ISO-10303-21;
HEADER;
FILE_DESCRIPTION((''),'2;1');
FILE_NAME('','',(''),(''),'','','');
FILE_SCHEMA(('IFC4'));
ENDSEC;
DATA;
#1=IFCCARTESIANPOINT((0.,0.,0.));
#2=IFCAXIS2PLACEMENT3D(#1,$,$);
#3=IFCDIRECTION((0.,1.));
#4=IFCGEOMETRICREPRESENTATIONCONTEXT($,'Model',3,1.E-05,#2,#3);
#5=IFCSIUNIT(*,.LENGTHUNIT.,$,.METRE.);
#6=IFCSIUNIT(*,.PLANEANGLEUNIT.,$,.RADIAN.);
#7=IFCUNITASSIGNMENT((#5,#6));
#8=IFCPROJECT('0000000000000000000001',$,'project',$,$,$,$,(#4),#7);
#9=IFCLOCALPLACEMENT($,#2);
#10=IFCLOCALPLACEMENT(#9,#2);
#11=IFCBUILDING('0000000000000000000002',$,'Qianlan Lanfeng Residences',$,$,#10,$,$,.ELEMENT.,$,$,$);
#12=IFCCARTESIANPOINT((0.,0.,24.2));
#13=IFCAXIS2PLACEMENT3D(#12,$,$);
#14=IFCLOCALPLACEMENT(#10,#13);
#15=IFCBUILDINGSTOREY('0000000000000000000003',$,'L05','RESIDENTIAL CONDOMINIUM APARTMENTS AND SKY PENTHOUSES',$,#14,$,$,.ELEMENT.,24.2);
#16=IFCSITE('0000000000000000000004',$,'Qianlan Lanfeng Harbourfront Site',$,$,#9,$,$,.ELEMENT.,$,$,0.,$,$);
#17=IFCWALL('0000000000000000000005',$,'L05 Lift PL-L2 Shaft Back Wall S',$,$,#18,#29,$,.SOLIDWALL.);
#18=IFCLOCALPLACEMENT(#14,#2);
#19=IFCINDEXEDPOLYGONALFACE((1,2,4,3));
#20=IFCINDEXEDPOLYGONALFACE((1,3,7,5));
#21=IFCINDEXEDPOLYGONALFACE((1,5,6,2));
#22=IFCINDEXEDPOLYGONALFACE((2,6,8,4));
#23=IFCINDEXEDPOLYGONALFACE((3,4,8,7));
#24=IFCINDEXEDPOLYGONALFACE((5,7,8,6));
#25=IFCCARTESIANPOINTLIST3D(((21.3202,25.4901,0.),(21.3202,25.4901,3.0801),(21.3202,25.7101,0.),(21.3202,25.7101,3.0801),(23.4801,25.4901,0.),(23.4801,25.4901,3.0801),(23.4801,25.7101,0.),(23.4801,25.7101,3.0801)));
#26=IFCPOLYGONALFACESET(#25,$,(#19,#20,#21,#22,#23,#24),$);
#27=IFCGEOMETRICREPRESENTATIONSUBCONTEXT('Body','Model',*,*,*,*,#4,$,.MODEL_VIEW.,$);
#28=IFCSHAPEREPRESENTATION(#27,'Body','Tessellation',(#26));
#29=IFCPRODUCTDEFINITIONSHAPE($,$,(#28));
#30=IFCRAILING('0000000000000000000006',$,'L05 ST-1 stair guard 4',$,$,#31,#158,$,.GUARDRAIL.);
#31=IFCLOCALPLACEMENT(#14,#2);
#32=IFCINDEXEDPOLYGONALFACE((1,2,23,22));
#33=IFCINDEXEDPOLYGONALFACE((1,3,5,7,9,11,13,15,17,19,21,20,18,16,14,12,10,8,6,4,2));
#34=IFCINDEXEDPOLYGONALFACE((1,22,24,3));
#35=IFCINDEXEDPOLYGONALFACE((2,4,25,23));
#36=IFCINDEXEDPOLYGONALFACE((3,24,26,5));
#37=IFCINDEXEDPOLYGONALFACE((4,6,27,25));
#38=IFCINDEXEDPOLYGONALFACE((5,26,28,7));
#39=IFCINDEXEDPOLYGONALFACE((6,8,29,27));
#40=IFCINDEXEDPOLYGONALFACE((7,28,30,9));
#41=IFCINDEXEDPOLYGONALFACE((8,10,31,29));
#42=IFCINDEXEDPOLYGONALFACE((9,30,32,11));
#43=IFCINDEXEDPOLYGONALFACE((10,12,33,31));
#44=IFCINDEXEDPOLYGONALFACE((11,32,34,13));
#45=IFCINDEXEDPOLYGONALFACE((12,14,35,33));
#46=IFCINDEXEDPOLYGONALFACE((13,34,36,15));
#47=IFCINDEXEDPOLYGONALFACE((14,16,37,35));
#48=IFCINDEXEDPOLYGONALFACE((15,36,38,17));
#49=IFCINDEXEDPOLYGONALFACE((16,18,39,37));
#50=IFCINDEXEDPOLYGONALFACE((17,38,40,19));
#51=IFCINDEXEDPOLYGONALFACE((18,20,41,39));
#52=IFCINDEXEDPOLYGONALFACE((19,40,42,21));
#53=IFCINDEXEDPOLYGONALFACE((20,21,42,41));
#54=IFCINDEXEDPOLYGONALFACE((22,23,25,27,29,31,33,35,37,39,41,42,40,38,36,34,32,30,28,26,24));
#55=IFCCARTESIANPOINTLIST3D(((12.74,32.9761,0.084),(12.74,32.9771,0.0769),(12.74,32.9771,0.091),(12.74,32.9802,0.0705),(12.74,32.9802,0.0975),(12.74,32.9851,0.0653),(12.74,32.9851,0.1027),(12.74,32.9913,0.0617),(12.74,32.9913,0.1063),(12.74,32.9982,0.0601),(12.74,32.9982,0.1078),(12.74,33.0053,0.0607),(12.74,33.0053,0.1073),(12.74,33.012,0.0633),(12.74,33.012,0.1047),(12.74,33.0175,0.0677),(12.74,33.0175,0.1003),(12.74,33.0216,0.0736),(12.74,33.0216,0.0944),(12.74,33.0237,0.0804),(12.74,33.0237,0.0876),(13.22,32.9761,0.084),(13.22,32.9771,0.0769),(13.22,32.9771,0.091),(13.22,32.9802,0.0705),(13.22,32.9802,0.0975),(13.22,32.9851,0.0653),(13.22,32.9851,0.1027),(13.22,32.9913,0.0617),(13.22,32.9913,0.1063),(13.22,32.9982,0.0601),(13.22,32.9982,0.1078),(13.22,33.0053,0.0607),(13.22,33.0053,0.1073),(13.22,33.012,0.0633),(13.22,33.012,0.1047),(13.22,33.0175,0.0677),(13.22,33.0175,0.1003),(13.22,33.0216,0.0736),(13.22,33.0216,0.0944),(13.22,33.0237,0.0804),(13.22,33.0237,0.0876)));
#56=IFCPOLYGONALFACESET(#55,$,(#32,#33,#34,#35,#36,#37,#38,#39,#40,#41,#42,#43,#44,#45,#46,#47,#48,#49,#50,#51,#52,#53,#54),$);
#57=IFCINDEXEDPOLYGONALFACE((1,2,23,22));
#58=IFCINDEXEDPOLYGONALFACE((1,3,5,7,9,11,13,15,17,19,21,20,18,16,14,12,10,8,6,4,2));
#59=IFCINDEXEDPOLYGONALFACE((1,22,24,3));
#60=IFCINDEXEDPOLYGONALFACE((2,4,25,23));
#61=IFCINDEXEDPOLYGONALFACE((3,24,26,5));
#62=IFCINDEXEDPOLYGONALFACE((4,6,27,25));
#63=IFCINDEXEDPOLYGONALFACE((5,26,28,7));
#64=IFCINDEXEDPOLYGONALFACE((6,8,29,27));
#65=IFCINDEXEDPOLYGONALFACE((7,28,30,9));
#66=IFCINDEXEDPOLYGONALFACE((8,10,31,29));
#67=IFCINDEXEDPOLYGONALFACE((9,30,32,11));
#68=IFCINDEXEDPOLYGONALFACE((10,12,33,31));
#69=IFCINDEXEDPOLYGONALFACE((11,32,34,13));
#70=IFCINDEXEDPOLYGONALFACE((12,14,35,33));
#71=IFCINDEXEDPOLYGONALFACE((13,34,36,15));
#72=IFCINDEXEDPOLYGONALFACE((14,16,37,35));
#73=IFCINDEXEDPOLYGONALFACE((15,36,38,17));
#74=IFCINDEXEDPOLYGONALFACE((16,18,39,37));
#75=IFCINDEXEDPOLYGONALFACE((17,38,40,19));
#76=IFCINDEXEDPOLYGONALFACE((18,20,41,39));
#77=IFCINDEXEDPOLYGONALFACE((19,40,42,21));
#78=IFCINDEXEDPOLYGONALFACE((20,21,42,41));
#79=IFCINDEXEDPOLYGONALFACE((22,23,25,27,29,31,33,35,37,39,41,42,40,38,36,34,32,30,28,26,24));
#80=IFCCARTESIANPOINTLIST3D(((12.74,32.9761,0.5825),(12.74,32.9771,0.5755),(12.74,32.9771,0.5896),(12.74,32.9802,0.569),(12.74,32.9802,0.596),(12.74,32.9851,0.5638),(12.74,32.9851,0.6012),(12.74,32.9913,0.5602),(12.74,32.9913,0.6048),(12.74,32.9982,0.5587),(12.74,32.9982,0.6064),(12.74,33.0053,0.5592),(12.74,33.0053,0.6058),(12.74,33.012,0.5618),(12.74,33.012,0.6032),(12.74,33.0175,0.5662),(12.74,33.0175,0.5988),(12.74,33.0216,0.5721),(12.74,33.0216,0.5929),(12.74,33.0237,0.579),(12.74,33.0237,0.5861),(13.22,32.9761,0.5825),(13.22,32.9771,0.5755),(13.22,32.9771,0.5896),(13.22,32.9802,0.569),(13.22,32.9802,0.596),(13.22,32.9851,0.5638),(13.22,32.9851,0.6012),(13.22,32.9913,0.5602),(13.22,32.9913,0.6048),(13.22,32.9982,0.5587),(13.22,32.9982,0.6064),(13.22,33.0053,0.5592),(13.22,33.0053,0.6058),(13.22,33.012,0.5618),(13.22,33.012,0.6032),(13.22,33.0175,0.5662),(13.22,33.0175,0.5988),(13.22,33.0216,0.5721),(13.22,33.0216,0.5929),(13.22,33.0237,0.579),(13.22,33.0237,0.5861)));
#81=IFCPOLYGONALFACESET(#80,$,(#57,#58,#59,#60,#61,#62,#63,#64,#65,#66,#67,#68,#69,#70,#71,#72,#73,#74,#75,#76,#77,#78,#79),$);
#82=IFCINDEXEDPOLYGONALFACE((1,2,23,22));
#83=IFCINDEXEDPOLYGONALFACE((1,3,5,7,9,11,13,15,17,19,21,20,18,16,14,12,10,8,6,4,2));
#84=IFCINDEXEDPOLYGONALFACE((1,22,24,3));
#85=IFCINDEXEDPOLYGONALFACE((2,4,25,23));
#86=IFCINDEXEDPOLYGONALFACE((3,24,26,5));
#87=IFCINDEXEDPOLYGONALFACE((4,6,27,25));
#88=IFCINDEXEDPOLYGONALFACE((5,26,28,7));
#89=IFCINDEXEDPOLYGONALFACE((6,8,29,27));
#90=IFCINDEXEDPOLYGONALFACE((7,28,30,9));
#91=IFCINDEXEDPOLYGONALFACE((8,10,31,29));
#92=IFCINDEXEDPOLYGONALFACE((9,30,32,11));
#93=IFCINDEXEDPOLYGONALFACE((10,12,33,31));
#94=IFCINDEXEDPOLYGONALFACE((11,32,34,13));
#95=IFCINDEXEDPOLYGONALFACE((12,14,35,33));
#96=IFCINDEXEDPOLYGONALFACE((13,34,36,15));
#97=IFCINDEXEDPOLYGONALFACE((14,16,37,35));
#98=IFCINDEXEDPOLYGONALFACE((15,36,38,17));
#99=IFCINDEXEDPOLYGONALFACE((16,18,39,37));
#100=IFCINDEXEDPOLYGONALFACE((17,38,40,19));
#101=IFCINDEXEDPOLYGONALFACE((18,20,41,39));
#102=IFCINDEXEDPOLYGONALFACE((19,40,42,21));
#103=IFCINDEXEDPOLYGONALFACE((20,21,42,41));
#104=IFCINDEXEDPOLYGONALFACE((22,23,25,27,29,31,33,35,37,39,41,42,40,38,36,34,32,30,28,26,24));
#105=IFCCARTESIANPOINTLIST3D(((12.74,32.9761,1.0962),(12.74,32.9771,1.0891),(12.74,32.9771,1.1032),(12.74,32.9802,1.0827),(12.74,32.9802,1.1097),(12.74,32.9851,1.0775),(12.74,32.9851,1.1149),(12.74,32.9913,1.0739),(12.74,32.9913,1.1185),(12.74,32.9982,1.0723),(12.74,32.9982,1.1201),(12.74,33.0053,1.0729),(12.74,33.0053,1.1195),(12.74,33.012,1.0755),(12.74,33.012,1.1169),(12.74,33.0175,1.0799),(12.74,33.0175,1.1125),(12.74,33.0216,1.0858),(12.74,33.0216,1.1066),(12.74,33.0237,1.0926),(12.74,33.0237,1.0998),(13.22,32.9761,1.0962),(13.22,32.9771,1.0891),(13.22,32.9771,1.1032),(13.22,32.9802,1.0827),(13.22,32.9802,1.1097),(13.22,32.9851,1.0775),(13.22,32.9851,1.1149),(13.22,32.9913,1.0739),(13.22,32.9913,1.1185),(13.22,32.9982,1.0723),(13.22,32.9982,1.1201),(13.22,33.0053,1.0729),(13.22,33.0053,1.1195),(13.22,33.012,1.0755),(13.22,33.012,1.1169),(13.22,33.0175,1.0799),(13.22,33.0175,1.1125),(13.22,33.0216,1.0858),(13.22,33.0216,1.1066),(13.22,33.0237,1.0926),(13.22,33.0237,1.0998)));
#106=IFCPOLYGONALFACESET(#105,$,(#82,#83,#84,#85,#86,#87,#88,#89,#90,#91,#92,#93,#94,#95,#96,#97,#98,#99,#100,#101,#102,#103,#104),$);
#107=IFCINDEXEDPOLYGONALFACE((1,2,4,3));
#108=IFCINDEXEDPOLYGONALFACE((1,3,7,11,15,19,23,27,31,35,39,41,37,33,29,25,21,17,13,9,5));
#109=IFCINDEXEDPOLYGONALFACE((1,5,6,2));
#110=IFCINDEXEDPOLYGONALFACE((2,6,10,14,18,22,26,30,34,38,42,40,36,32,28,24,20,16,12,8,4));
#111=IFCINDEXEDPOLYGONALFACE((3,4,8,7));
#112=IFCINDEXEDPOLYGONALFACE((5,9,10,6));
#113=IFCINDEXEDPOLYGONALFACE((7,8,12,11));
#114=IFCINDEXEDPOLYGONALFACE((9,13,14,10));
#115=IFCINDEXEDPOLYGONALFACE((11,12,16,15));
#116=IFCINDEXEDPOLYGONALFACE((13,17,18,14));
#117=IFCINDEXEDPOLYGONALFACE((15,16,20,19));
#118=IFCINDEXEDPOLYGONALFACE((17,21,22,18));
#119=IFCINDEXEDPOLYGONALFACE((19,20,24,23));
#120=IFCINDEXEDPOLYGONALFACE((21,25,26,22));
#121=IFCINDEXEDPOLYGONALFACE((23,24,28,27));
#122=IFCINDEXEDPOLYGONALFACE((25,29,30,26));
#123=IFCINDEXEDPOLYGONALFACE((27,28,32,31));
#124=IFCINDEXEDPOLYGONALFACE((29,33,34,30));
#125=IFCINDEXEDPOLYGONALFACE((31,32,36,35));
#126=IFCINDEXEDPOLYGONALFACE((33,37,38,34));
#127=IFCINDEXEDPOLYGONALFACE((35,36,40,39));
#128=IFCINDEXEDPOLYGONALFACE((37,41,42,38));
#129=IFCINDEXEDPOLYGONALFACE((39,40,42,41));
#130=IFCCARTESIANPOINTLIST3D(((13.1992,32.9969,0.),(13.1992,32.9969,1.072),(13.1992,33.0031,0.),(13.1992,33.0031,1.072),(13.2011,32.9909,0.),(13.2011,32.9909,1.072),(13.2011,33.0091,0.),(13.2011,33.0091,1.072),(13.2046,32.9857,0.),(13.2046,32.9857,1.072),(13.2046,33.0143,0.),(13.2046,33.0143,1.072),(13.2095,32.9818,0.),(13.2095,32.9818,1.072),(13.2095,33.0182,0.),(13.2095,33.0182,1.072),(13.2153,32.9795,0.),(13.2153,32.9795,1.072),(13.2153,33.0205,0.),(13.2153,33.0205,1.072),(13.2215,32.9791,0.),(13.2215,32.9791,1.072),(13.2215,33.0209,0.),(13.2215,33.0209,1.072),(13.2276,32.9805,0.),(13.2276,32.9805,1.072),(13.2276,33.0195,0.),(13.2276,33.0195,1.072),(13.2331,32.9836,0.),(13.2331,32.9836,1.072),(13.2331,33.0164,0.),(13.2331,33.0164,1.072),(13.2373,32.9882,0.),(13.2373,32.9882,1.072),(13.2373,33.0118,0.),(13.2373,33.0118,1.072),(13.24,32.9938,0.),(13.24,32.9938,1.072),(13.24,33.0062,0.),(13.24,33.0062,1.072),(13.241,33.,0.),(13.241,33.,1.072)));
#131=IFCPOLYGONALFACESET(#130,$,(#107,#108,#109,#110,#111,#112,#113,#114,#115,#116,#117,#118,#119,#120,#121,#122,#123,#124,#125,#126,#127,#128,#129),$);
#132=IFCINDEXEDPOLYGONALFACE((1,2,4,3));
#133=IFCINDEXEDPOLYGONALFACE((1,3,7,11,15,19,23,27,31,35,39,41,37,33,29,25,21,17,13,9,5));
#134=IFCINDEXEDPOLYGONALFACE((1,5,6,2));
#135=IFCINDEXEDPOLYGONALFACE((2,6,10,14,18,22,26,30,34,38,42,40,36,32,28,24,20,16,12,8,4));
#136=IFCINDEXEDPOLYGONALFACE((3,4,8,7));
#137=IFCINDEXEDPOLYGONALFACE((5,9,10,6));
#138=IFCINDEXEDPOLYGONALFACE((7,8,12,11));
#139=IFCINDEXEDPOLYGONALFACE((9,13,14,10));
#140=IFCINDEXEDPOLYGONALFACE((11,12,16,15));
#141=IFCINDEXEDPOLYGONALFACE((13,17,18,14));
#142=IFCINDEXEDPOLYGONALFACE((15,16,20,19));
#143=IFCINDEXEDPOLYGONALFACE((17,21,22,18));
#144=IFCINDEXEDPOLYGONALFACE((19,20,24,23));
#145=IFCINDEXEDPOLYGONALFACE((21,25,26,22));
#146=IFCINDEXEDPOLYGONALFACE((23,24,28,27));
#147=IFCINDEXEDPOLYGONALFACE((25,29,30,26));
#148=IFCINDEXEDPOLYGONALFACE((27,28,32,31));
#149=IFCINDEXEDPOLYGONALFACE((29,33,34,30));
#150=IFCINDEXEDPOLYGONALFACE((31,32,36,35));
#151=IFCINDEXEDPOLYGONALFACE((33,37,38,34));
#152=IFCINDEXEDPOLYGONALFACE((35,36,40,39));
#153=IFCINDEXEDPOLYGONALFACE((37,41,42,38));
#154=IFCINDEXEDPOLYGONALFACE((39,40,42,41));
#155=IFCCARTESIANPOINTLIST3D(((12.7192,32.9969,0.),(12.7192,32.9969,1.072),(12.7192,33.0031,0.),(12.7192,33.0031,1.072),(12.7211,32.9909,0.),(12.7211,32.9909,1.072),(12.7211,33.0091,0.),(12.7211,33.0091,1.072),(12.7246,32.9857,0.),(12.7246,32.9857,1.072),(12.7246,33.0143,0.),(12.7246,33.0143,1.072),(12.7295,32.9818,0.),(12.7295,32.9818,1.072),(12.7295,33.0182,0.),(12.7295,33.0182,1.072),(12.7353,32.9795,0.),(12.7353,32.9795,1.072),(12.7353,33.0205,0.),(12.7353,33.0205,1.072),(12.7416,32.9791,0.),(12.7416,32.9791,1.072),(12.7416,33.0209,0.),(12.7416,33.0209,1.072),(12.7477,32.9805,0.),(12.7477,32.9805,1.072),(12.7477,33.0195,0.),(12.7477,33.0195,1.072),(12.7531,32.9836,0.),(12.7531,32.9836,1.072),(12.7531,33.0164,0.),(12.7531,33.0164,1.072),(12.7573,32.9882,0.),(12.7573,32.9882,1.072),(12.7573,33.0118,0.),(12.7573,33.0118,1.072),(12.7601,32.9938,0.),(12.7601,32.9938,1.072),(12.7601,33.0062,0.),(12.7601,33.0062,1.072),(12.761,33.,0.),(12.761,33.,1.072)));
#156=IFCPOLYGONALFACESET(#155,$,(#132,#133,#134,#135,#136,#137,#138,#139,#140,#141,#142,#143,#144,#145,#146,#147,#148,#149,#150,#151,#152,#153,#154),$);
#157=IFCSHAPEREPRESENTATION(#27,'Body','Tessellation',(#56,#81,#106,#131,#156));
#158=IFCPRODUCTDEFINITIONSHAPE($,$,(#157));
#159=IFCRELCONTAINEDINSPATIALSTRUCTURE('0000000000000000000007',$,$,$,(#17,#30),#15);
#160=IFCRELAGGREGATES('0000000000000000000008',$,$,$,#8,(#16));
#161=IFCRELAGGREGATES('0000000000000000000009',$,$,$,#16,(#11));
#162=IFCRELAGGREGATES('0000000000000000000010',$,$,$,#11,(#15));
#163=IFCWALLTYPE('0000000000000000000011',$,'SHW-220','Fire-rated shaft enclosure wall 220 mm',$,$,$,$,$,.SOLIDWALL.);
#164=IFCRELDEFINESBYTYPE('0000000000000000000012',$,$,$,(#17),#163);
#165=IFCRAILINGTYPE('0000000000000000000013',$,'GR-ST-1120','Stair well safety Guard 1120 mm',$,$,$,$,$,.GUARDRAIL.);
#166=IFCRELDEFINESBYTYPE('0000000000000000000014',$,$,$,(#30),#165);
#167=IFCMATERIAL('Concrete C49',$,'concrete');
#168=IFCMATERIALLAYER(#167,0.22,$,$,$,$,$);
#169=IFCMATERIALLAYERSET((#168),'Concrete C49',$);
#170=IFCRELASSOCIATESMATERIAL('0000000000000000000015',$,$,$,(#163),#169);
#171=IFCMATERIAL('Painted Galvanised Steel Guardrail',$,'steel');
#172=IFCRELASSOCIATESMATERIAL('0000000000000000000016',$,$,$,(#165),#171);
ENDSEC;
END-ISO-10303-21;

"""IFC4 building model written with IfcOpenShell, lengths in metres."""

from ifc_helpers import new_model, si_unit, direction, frame, frame_2d, origin, origin_2d, place, context, subcontext, project, spatial, rectangle, circle, extrude, material, layer, layer_set, type_object, element, save


model = new_model("IFC4")

# Units and contexts
model_context = context("Model", 3, precision=1e-05, world=origin(), true_north=direction((0.0, 1.0)))
body_context = subcontext(model_context, "Body", "Model", "MODEL_VIEW")
ifc_project = project(units=[si_unit("LENGTHUNIT", "METRE"), si_unit("PLANEANGLEUNIT", "RADIAN")], contexts=[model_context])

# Site, building, storey
site_placement = place(None, origin())
site = spatial("IfcSite", under=ifc_project, at=site_placement, Name="Qianlan Lanfeng Harbourfront Site", CompositionType="ELEMENT", RefElevation=0.0)
building_placement = place(site_placement, origin())
building = spatial("IfcBuilding", under=site, at=building_placement, Name="Qianlan Lanfeng Residences", CompositionType="ELEMENT")
storey_placement = place(building_placement, frame((0.0, 0.0, 24.2)))
storey = spatial("IfcBuildingStorey", under=building, at=storey_placement, Name="L05", Description="RESIDENTIAL CONDOMINIUM APARTMENTS AND SKY PENTHOUSES", CompositionType="ELEMENT", Elevation=24.2)

# Wall
ifc_material_1 = material(Name="Concrete C49", Category="concrete")
ifc_layer_1 = layer(ifc_material_1, 0.22)
ifc_layer_set_1 = layer_set([ifc_layer_1], Name="Concrete C49")
wall_type_1 = type_object("IfcWallType", Name="SHW-220", Description="Fire-rated shaft enclosure wall 220 mm", PredefinedType="SOLIDWALL", material=ifc_layer_set_1)
wall_1_placement = place(storey_placement, frame((21.3201, 25.6001, 0.0), z_axis=(0.0, 0.0, 1.0), x_axis=(1.0, 0.0, 0.0)))
element("IfcWall", 1, at=wall_1_placement, inside=storey, type_object=wall_type_1, Name="L05 Lift PL-L2 Shaft Back Wall S", PredefinedType="SOLIDWALL", context=body_context, shape_type="SweptSolid", body=[
    extrude(rectangle(XDim=2.1599, YDim=0.22, at=frame_2d((1.0801, 0.0))), origin(), (0.0, 0.0, 1.0), 3.0801),
])

# Railing
ifc_material_2 = material(Name="Painted Galvanised Steel Guardrail", Category="steel")
railing_type = type_object("IfcRailingType", Name="GR-ST-1120", Description="Stair well safety Guard 1120 mm", PredefinedType="GUARDRAIL", material=ifc_material_2)
railing_placement = place(storey_placement, frame((13.22, 33.0, 0.0)))
element("IfcRailing", 2, at=railing_placement, inside=storey, type_object=railing_type, Name="L05 ST-1 stair guard 4", PredefinedType="GUARDRAIL", context=body_context, shape_type="SweptSolid", body=[
    extrude(circle(Radius=0.0239, at=origin_2d()), frame((0.0, 0.0, 0.084), z_axis=(-1.0, 0.0, 0.0), x_axis=(0.0, -1.0, 0.0)), (0.0, 0.0, 1.0), 0.48),
    extrude(circle(Radius=0.0239, at=origin_2d()), frame((0.0, 0.0, 0.5825), z_axis=(-1.0, 0.0, 0.0), x_axis=(0.0, -1.0, 0.0)), (0.0, 0.0, 1.0), 0.48),
    extrude(circle(Radius=0.0239, at=origin_2d()), frame((0.0, 0.0, 1.0962), z_axis=(-1.0, 0.0, 0.0), x_axis=(0.0, -1.0, 0.0)), (0.0, 0.0, 1.0), 0.48),
    extrude(circle(Radius=0.021, at=origin_2d()), origin(), (0.0, 0.0, 1.0), 1.072),
    extrude(circle(Radius=0.021, at=origin_2d()), frame((-0.48, 0.0, 0.0)), (0.0, 0.0, 1.0), 1.072),
])

save(model, "model.ifc")
